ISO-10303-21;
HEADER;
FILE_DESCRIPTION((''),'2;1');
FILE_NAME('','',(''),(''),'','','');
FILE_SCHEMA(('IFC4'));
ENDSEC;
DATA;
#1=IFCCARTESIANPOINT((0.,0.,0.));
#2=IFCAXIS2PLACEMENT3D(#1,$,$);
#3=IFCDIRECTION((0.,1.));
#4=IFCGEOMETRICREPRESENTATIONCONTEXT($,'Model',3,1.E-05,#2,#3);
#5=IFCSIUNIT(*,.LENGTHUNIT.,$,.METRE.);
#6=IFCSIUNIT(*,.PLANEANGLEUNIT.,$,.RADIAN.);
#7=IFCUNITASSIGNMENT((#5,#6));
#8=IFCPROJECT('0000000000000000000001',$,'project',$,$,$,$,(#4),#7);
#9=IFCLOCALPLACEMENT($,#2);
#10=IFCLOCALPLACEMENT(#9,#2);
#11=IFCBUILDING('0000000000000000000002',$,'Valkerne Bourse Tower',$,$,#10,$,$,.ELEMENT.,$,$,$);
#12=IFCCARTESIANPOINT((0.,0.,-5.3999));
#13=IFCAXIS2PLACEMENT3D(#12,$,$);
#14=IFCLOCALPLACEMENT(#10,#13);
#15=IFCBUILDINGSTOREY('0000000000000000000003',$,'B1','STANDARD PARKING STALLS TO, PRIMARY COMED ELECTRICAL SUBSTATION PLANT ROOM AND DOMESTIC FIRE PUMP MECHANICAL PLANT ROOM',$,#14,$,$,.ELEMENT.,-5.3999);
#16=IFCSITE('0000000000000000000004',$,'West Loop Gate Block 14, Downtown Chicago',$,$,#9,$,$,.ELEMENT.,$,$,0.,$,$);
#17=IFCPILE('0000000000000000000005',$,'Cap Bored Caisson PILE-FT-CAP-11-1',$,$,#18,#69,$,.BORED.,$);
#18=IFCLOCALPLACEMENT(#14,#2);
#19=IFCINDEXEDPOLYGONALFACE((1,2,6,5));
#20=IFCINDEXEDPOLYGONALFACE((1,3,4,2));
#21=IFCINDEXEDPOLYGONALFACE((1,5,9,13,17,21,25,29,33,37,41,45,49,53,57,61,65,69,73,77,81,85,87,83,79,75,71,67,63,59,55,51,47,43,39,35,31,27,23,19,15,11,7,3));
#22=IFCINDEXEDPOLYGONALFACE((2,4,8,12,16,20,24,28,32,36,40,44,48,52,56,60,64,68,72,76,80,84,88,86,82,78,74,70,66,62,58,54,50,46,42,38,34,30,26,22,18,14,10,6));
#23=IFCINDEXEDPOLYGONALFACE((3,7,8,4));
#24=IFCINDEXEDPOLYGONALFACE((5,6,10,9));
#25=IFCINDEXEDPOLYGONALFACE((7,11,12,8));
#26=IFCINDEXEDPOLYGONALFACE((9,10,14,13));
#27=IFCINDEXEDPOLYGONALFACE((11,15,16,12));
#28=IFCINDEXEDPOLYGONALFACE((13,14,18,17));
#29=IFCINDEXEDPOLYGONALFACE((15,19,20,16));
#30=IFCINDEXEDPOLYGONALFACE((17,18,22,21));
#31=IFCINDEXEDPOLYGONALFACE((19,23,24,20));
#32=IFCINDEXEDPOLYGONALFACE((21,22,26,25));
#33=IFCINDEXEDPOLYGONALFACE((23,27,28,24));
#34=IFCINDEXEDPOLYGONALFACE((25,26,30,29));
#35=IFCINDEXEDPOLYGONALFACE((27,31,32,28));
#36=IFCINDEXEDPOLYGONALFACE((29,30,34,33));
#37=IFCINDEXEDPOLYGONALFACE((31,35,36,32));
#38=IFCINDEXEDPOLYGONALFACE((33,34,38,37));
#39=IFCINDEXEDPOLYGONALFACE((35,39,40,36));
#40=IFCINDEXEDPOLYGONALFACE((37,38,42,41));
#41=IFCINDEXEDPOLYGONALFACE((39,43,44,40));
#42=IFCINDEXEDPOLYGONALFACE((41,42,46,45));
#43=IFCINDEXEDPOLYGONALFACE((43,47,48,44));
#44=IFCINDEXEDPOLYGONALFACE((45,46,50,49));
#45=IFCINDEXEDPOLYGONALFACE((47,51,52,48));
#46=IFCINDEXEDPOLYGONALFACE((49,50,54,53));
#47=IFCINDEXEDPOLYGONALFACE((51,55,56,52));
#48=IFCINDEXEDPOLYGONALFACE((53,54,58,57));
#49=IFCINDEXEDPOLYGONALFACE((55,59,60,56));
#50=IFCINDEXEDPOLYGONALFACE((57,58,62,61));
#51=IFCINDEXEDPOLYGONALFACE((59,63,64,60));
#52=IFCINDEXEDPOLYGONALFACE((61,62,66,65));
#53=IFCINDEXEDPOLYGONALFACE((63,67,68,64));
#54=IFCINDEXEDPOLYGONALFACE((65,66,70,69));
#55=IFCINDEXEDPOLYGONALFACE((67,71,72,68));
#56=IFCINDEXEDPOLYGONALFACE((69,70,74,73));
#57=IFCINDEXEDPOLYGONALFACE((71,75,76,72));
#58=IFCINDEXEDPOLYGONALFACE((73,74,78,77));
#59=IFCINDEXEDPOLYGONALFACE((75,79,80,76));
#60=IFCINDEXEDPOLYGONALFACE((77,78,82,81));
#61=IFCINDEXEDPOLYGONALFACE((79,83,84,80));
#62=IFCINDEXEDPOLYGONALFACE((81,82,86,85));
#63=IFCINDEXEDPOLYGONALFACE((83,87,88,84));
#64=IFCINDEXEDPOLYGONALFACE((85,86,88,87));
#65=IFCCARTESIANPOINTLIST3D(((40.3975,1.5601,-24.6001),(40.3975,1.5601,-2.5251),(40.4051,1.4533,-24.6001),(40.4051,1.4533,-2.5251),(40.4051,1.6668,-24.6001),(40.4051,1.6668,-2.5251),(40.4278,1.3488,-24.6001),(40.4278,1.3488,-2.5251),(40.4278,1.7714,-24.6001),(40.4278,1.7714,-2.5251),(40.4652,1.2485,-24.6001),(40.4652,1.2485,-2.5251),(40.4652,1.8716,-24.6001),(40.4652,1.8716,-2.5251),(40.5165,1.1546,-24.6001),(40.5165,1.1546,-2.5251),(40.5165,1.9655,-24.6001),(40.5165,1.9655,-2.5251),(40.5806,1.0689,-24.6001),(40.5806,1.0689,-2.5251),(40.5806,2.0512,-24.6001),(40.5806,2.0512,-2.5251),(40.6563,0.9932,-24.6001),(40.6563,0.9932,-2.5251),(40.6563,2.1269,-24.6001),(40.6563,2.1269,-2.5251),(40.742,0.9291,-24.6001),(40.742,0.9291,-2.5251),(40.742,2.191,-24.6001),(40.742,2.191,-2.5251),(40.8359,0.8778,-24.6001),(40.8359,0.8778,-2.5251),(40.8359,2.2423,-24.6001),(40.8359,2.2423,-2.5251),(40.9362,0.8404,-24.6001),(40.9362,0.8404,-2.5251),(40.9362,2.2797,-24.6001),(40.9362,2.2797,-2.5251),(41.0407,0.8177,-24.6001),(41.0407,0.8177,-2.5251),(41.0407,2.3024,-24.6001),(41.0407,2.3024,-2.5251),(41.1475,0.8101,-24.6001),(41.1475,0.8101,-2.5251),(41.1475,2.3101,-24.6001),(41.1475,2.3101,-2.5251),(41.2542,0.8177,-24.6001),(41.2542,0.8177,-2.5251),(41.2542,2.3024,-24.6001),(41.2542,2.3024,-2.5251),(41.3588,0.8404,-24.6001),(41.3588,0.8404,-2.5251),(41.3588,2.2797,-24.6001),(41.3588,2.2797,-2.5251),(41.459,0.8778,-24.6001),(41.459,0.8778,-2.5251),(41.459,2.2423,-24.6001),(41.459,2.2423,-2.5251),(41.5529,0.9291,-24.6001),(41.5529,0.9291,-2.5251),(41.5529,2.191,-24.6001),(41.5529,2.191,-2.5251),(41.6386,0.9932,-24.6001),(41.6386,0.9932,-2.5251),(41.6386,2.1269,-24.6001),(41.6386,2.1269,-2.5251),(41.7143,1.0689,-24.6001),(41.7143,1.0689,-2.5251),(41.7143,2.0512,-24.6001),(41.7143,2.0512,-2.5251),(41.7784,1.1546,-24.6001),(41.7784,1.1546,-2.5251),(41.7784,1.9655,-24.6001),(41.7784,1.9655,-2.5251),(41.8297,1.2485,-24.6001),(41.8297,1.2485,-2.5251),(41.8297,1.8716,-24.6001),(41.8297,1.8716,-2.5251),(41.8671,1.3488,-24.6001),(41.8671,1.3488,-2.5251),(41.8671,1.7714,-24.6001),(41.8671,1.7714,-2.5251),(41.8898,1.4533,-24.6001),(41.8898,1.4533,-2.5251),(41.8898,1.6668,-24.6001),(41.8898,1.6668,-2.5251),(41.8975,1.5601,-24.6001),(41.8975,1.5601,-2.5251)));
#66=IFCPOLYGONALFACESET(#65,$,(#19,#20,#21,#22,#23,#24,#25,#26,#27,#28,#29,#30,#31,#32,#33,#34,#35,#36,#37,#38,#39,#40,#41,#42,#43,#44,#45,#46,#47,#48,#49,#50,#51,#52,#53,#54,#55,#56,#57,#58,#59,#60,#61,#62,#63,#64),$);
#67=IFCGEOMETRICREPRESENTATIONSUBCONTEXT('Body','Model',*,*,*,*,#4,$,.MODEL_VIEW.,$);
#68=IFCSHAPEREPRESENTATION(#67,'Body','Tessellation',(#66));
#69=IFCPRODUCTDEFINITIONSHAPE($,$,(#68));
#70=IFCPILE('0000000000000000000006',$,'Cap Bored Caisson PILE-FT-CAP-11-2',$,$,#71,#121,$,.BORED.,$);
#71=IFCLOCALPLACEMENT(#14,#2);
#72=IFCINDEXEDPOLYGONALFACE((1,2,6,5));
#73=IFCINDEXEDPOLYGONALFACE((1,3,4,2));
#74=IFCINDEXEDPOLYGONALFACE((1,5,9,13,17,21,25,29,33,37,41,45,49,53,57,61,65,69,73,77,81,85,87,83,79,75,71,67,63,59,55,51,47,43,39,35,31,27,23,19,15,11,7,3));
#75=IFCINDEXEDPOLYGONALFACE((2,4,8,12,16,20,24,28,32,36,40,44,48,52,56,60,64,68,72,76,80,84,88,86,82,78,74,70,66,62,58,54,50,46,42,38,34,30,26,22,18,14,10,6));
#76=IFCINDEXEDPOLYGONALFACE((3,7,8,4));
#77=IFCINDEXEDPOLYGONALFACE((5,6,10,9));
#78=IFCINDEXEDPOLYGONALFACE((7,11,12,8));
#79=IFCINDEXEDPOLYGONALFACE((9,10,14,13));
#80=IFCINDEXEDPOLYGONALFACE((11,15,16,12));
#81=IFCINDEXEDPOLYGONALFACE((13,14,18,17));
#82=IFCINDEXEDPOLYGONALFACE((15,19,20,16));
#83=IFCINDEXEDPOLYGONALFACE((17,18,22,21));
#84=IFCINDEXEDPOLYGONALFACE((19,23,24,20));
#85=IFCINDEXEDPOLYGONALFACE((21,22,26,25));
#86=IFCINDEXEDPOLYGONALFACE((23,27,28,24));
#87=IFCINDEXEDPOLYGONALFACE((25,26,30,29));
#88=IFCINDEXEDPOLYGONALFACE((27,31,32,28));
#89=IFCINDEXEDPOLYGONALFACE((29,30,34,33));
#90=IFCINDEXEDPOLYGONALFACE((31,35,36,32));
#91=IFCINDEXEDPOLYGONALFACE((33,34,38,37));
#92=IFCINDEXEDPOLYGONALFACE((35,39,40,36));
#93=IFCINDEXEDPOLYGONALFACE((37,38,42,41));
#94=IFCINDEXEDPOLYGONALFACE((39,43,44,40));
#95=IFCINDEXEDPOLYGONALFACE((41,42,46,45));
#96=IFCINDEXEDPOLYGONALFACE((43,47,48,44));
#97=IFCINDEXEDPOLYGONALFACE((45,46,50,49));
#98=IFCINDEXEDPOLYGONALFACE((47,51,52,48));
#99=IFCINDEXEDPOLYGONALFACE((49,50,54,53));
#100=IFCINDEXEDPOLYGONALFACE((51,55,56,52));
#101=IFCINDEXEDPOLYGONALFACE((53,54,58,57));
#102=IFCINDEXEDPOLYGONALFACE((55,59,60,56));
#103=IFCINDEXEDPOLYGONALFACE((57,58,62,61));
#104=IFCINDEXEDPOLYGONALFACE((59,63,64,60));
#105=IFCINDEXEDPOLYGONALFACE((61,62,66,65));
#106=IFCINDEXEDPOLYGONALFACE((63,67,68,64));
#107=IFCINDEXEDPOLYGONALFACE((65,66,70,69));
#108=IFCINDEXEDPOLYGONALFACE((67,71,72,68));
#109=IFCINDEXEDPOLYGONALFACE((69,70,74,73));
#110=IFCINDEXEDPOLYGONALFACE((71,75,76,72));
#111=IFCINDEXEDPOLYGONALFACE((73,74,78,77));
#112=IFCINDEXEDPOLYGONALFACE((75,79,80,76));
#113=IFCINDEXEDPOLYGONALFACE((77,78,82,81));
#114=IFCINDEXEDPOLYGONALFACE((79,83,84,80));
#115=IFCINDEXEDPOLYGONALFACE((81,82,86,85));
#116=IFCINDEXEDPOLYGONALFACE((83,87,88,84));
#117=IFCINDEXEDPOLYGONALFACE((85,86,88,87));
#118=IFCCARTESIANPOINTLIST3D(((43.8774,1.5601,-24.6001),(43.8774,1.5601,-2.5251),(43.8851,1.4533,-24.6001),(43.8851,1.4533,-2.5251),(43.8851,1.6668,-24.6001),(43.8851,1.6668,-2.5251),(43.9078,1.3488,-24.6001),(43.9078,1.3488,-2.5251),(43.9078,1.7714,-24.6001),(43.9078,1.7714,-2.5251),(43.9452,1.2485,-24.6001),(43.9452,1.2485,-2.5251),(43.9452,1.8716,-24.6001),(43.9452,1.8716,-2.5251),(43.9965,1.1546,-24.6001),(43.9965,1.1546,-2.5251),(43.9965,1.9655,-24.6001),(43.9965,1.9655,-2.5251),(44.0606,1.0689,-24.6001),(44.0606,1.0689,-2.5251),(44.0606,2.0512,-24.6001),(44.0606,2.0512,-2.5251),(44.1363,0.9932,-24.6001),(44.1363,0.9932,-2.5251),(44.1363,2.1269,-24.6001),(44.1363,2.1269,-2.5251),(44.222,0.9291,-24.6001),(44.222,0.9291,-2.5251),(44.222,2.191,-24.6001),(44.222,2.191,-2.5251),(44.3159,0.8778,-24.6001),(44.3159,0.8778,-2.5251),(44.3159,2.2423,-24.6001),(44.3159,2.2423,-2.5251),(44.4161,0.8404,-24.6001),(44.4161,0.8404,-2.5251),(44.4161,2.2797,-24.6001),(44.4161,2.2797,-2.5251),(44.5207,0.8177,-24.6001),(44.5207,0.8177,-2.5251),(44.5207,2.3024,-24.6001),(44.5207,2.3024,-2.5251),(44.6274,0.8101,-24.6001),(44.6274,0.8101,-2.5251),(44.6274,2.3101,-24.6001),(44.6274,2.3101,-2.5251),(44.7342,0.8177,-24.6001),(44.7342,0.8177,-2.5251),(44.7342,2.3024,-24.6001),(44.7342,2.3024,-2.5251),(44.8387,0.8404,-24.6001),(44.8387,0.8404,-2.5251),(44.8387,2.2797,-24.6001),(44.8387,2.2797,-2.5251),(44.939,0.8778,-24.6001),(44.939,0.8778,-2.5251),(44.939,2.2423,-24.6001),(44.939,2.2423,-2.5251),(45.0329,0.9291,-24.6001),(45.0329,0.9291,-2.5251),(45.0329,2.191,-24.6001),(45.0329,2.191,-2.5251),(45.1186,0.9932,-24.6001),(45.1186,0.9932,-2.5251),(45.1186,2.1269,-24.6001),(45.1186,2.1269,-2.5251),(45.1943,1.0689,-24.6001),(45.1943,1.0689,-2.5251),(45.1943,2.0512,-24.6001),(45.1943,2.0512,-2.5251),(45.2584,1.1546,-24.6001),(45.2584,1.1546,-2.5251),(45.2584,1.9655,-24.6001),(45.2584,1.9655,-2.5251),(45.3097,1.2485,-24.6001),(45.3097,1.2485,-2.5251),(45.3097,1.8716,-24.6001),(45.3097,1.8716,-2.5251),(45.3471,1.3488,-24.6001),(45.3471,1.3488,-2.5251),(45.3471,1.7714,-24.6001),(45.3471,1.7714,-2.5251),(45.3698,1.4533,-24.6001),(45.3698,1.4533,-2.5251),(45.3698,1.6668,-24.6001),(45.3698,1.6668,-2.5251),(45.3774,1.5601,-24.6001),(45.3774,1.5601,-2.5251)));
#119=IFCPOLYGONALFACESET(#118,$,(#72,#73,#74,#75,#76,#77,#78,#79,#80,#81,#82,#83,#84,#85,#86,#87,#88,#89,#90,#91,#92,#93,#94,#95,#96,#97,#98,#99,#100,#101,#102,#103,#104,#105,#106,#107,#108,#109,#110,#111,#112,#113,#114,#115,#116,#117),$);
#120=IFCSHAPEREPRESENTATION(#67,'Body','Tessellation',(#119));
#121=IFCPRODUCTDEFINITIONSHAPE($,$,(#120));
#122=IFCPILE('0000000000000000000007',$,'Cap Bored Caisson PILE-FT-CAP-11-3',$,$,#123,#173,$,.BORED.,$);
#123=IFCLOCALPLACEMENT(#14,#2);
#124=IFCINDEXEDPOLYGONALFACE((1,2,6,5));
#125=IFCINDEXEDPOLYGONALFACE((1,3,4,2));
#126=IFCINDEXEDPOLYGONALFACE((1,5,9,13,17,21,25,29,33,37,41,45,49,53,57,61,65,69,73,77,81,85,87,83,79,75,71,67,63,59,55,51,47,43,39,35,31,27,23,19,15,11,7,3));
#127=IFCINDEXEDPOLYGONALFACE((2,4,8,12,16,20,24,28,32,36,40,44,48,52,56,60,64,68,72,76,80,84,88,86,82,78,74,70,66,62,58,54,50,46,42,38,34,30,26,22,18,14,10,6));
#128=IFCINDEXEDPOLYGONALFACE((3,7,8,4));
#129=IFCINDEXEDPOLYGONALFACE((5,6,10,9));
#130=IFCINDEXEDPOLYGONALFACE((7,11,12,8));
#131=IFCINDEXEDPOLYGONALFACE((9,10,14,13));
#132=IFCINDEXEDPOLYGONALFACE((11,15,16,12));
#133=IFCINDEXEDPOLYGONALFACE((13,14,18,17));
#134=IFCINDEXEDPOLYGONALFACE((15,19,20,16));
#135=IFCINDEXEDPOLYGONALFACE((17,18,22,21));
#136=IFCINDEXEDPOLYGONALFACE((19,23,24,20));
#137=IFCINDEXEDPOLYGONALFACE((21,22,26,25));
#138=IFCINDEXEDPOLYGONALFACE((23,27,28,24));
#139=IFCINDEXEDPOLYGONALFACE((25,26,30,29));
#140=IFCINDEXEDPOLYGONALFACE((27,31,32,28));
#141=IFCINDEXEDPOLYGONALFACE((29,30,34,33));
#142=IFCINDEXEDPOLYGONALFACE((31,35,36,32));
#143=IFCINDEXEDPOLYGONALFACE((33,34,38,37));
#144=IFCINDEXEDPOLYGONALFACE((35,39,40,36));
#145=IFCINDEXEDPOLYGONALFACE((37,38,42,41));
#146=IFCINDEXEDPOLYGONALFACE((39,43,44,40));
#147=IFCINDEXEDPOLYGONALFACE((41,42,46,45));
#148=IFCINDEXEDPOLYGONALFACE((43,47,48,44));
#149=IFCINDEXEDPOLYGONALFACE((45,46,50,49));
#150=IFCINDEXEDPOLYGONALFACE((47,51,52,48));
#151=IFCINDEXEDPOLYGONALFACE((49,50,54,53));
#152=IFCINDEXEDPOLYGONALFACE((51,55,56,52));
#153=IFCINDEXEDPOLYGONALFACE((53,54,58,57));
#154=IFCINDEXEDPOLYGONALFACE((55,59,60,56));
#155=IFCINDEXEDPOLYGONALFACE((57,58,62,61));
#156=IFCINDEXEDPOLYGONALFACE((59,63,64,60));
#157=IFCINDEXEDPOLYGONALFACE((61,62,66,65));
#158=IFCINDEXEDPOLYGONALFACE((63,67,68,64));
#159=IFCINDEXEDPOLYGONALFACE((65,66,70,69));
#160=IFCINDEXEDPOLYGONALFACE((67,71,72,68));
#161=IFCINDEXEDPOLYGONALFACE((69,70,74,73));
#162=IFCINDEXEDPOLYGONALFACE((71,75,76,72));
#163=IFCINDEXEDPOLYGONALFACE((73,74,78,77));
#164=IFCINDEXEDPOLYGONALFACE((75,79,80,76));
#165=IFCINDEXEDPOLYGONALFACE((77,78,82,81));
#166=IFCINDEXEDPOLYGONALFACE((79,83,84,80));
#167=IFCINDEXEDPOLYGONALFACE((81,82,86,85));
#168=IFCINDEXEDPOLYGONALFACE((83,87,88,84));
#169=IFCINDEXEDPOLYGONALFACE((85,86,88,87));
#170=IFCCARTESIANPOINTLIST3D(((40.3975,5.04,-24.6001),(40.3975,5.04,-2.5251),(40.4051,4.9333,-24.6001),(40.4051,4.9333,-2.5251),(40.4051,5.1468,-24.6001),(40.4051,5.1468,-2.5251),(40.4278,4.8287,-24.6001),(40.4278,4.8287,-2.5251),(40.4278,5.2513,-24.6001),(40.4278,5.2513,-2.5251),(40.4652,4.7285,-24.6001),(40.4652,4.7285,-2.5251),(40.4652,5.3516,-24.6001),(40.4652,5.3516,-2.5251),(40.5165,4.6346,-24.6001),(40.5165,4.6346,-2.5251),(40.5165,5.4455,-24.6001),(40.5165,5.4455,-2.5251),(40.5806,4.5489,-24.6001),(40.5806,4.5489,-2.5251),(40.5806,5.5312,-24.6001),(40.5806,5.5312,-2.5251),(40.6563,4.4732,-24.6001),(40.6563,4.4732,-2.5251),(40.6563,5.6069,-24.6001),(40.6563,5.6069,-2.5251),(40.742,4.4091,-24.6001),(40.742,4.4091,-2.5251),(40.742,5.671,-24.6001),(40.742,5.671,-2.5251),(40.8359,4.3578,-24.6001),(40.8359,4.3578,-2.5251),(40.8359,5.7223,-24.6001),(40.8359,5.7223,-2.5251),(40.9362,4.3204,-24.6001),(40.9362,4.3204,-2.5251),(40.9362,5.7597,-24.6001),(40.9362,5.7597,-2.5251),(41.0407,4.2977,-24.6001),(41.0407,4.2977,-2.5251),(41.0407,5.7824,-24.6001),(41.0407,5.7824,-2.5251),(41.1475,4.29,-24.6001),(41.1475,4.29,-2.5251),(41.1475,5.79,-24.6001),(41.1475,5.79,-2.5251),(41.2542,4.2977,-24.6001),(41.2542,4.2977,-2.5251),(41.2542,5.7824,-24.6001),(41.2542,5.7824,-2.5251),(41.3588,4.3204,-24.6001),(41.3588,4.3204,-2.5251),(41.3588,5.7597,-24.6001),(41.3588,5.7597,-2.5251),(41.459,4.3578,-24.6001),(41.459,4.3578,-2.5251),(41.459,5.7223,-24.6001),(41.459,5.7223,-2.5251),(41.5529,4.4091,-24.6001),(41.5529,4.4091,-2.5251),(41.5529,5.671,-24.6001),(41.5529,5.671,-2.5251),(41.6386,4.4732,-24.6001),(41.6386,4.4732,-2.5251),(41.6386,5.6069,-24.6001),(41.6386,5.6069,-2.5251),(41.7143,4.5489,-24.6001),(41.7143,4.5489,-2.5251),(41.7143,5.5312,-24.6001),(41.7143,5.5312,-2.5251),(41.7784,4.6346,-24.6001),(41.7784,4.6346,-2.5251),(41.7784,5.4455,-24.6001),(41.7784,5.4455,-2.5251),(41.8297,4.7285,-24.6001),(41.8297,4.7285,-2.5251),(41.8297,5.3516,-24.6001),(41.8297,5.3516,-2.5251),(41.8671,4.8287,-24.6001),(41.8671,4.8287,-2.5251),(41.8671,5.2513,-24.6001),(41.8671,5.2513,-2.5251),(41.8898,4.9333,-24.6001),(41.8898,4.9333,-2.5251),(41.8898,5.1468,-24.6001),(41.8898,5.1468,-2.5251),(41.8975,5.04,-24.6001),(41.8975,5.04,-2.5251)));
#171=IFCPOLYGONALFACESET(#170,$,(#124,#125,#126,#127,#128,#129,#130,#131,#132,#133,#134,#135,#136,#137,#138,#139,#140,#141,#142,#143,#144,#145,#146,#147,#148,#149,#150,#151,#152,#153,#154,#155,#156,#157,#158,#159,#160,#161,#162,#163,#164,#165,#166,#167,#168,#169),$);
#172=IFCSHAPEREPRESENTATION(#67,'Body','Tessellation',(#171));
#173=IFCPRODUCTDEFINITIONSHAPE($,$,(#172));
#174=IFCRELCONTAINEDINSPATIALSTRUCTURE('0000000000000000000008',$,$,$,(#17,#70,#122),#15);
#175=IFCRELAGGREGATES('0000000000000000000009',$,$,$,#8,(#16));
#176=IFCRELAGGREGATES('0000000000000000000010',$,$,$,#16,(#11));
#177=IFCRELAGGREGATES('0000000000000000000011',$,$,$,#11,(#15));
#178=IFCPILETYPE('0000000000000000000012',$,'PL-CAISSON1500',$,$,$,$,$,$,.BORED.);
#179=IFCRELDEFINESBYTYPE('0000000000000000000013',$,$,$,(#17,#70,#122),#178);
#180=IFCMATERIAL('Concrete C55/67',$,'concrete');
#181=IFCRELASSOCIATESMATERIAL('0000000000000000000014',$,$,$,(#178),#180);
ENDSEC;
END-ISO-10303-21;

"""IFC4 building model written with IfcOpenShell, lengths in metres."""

from ifc_helpers import new_model, si_unit, direction, frame, origin, origin_2d, place, context, subcontext, project, spatial, circle, extrude, material, material_profile, profile_set, type_object, element, save


model = new_model("IFC4")

# Units and contexts
model_context = context("Model", 3, precision=1e-05, world=origin(), true_north=direction((0.0, 1.0)))
body_context = subcontext(model_context, "Body", "Model", "MODEL_VIEW")
ifc_project = project(units=[si_unit("LENGTHUNIT", "METRE"), si_unit("PLANEANGLEUNIT", "RADIAN")], contexts=[model_context])

# Site, building, storey
site_placement = place(None, origin())
site = spatial("IfcSite", under=ifc_project, at=site_placement, Name="West Loop Gate Block 14, Downtown Chicago", CompositionType="ELEMENT", RefElevation=0.0)
building_placement = place(site_placement, origin())
building = spatial("IfcBuilding", under=site, at=building_placement, Name="Valkerne Bourse Tower", CompositionType="ELEMENT")
storey_placement = place(building_placement, frame((0.0, 0.0, -5.3999)))
storey = spatial("IfcBuildingStorey", under=building, at=storey_placement, Name="B1", Description="STANDARD PARKING STALLS TO, PRIMARY COMED ELECTRICAL SUBSTATION PLANT ROOM AND DOMESTIC FIRE PUMP MECHANICAL PLANT ROOM", CompositionType="ELEMENT", Elevation=-5.3999)

# Piles
ifc_material_1 = material(Name="Concrete C55/67", Category="concrete")
ifc_material_profile_1 = material_profile(ifc_material_1, circle(Radius=0.75, at=origin_2d()), Name="CAISSON1500")
ifc_profile_set_1 = profile_set([ifc_material_profile_1], Name="Concrete C55/67")
pile_type_1 = type_object("IfcPileType", Name="PL-CAISSON1500", PredefinedType="BORED", material=ifc_profile_set_1)
for number, where, z_axis, x_axis, name in (
    (1, (41.1475, 1.5601, -2.5251), (0.0, 0.0, -1.0), (1.0, 0.0, 0.0), "Cap Bored Caisson PILE-FT-CAP-11-1"),
    (2, (44.6274, 1.5601, -2.5251), (0.0, 0.0, -1.0), (1.0, 0.0, 0.0), "Cap Bored Caisson PILE-FT-CAP-11-2"),
    (3, (41.1475, 5.04, -2.5251), (0.0, 0.0, -1.0), (1.0, 0.0, 0.0), "Cap Bored Caisson PILE-FT-CAP-11-3"),
):
    element("IfcPile", number, at=place(storey_placement, frame(where, z_axis=z_axis, x_axis=x_axis)), inside=storey, type_object=pile_type_1, Name=name, PredefinedType="BORED", context=body_context, shape_type="SweptSolid", body=[
        extrude(circle(Radius=0.75, at=origin_2d()), origin(), (0.0, 0.0, 1.0), 22.075),
    ])

save(model, "model.ifc")
